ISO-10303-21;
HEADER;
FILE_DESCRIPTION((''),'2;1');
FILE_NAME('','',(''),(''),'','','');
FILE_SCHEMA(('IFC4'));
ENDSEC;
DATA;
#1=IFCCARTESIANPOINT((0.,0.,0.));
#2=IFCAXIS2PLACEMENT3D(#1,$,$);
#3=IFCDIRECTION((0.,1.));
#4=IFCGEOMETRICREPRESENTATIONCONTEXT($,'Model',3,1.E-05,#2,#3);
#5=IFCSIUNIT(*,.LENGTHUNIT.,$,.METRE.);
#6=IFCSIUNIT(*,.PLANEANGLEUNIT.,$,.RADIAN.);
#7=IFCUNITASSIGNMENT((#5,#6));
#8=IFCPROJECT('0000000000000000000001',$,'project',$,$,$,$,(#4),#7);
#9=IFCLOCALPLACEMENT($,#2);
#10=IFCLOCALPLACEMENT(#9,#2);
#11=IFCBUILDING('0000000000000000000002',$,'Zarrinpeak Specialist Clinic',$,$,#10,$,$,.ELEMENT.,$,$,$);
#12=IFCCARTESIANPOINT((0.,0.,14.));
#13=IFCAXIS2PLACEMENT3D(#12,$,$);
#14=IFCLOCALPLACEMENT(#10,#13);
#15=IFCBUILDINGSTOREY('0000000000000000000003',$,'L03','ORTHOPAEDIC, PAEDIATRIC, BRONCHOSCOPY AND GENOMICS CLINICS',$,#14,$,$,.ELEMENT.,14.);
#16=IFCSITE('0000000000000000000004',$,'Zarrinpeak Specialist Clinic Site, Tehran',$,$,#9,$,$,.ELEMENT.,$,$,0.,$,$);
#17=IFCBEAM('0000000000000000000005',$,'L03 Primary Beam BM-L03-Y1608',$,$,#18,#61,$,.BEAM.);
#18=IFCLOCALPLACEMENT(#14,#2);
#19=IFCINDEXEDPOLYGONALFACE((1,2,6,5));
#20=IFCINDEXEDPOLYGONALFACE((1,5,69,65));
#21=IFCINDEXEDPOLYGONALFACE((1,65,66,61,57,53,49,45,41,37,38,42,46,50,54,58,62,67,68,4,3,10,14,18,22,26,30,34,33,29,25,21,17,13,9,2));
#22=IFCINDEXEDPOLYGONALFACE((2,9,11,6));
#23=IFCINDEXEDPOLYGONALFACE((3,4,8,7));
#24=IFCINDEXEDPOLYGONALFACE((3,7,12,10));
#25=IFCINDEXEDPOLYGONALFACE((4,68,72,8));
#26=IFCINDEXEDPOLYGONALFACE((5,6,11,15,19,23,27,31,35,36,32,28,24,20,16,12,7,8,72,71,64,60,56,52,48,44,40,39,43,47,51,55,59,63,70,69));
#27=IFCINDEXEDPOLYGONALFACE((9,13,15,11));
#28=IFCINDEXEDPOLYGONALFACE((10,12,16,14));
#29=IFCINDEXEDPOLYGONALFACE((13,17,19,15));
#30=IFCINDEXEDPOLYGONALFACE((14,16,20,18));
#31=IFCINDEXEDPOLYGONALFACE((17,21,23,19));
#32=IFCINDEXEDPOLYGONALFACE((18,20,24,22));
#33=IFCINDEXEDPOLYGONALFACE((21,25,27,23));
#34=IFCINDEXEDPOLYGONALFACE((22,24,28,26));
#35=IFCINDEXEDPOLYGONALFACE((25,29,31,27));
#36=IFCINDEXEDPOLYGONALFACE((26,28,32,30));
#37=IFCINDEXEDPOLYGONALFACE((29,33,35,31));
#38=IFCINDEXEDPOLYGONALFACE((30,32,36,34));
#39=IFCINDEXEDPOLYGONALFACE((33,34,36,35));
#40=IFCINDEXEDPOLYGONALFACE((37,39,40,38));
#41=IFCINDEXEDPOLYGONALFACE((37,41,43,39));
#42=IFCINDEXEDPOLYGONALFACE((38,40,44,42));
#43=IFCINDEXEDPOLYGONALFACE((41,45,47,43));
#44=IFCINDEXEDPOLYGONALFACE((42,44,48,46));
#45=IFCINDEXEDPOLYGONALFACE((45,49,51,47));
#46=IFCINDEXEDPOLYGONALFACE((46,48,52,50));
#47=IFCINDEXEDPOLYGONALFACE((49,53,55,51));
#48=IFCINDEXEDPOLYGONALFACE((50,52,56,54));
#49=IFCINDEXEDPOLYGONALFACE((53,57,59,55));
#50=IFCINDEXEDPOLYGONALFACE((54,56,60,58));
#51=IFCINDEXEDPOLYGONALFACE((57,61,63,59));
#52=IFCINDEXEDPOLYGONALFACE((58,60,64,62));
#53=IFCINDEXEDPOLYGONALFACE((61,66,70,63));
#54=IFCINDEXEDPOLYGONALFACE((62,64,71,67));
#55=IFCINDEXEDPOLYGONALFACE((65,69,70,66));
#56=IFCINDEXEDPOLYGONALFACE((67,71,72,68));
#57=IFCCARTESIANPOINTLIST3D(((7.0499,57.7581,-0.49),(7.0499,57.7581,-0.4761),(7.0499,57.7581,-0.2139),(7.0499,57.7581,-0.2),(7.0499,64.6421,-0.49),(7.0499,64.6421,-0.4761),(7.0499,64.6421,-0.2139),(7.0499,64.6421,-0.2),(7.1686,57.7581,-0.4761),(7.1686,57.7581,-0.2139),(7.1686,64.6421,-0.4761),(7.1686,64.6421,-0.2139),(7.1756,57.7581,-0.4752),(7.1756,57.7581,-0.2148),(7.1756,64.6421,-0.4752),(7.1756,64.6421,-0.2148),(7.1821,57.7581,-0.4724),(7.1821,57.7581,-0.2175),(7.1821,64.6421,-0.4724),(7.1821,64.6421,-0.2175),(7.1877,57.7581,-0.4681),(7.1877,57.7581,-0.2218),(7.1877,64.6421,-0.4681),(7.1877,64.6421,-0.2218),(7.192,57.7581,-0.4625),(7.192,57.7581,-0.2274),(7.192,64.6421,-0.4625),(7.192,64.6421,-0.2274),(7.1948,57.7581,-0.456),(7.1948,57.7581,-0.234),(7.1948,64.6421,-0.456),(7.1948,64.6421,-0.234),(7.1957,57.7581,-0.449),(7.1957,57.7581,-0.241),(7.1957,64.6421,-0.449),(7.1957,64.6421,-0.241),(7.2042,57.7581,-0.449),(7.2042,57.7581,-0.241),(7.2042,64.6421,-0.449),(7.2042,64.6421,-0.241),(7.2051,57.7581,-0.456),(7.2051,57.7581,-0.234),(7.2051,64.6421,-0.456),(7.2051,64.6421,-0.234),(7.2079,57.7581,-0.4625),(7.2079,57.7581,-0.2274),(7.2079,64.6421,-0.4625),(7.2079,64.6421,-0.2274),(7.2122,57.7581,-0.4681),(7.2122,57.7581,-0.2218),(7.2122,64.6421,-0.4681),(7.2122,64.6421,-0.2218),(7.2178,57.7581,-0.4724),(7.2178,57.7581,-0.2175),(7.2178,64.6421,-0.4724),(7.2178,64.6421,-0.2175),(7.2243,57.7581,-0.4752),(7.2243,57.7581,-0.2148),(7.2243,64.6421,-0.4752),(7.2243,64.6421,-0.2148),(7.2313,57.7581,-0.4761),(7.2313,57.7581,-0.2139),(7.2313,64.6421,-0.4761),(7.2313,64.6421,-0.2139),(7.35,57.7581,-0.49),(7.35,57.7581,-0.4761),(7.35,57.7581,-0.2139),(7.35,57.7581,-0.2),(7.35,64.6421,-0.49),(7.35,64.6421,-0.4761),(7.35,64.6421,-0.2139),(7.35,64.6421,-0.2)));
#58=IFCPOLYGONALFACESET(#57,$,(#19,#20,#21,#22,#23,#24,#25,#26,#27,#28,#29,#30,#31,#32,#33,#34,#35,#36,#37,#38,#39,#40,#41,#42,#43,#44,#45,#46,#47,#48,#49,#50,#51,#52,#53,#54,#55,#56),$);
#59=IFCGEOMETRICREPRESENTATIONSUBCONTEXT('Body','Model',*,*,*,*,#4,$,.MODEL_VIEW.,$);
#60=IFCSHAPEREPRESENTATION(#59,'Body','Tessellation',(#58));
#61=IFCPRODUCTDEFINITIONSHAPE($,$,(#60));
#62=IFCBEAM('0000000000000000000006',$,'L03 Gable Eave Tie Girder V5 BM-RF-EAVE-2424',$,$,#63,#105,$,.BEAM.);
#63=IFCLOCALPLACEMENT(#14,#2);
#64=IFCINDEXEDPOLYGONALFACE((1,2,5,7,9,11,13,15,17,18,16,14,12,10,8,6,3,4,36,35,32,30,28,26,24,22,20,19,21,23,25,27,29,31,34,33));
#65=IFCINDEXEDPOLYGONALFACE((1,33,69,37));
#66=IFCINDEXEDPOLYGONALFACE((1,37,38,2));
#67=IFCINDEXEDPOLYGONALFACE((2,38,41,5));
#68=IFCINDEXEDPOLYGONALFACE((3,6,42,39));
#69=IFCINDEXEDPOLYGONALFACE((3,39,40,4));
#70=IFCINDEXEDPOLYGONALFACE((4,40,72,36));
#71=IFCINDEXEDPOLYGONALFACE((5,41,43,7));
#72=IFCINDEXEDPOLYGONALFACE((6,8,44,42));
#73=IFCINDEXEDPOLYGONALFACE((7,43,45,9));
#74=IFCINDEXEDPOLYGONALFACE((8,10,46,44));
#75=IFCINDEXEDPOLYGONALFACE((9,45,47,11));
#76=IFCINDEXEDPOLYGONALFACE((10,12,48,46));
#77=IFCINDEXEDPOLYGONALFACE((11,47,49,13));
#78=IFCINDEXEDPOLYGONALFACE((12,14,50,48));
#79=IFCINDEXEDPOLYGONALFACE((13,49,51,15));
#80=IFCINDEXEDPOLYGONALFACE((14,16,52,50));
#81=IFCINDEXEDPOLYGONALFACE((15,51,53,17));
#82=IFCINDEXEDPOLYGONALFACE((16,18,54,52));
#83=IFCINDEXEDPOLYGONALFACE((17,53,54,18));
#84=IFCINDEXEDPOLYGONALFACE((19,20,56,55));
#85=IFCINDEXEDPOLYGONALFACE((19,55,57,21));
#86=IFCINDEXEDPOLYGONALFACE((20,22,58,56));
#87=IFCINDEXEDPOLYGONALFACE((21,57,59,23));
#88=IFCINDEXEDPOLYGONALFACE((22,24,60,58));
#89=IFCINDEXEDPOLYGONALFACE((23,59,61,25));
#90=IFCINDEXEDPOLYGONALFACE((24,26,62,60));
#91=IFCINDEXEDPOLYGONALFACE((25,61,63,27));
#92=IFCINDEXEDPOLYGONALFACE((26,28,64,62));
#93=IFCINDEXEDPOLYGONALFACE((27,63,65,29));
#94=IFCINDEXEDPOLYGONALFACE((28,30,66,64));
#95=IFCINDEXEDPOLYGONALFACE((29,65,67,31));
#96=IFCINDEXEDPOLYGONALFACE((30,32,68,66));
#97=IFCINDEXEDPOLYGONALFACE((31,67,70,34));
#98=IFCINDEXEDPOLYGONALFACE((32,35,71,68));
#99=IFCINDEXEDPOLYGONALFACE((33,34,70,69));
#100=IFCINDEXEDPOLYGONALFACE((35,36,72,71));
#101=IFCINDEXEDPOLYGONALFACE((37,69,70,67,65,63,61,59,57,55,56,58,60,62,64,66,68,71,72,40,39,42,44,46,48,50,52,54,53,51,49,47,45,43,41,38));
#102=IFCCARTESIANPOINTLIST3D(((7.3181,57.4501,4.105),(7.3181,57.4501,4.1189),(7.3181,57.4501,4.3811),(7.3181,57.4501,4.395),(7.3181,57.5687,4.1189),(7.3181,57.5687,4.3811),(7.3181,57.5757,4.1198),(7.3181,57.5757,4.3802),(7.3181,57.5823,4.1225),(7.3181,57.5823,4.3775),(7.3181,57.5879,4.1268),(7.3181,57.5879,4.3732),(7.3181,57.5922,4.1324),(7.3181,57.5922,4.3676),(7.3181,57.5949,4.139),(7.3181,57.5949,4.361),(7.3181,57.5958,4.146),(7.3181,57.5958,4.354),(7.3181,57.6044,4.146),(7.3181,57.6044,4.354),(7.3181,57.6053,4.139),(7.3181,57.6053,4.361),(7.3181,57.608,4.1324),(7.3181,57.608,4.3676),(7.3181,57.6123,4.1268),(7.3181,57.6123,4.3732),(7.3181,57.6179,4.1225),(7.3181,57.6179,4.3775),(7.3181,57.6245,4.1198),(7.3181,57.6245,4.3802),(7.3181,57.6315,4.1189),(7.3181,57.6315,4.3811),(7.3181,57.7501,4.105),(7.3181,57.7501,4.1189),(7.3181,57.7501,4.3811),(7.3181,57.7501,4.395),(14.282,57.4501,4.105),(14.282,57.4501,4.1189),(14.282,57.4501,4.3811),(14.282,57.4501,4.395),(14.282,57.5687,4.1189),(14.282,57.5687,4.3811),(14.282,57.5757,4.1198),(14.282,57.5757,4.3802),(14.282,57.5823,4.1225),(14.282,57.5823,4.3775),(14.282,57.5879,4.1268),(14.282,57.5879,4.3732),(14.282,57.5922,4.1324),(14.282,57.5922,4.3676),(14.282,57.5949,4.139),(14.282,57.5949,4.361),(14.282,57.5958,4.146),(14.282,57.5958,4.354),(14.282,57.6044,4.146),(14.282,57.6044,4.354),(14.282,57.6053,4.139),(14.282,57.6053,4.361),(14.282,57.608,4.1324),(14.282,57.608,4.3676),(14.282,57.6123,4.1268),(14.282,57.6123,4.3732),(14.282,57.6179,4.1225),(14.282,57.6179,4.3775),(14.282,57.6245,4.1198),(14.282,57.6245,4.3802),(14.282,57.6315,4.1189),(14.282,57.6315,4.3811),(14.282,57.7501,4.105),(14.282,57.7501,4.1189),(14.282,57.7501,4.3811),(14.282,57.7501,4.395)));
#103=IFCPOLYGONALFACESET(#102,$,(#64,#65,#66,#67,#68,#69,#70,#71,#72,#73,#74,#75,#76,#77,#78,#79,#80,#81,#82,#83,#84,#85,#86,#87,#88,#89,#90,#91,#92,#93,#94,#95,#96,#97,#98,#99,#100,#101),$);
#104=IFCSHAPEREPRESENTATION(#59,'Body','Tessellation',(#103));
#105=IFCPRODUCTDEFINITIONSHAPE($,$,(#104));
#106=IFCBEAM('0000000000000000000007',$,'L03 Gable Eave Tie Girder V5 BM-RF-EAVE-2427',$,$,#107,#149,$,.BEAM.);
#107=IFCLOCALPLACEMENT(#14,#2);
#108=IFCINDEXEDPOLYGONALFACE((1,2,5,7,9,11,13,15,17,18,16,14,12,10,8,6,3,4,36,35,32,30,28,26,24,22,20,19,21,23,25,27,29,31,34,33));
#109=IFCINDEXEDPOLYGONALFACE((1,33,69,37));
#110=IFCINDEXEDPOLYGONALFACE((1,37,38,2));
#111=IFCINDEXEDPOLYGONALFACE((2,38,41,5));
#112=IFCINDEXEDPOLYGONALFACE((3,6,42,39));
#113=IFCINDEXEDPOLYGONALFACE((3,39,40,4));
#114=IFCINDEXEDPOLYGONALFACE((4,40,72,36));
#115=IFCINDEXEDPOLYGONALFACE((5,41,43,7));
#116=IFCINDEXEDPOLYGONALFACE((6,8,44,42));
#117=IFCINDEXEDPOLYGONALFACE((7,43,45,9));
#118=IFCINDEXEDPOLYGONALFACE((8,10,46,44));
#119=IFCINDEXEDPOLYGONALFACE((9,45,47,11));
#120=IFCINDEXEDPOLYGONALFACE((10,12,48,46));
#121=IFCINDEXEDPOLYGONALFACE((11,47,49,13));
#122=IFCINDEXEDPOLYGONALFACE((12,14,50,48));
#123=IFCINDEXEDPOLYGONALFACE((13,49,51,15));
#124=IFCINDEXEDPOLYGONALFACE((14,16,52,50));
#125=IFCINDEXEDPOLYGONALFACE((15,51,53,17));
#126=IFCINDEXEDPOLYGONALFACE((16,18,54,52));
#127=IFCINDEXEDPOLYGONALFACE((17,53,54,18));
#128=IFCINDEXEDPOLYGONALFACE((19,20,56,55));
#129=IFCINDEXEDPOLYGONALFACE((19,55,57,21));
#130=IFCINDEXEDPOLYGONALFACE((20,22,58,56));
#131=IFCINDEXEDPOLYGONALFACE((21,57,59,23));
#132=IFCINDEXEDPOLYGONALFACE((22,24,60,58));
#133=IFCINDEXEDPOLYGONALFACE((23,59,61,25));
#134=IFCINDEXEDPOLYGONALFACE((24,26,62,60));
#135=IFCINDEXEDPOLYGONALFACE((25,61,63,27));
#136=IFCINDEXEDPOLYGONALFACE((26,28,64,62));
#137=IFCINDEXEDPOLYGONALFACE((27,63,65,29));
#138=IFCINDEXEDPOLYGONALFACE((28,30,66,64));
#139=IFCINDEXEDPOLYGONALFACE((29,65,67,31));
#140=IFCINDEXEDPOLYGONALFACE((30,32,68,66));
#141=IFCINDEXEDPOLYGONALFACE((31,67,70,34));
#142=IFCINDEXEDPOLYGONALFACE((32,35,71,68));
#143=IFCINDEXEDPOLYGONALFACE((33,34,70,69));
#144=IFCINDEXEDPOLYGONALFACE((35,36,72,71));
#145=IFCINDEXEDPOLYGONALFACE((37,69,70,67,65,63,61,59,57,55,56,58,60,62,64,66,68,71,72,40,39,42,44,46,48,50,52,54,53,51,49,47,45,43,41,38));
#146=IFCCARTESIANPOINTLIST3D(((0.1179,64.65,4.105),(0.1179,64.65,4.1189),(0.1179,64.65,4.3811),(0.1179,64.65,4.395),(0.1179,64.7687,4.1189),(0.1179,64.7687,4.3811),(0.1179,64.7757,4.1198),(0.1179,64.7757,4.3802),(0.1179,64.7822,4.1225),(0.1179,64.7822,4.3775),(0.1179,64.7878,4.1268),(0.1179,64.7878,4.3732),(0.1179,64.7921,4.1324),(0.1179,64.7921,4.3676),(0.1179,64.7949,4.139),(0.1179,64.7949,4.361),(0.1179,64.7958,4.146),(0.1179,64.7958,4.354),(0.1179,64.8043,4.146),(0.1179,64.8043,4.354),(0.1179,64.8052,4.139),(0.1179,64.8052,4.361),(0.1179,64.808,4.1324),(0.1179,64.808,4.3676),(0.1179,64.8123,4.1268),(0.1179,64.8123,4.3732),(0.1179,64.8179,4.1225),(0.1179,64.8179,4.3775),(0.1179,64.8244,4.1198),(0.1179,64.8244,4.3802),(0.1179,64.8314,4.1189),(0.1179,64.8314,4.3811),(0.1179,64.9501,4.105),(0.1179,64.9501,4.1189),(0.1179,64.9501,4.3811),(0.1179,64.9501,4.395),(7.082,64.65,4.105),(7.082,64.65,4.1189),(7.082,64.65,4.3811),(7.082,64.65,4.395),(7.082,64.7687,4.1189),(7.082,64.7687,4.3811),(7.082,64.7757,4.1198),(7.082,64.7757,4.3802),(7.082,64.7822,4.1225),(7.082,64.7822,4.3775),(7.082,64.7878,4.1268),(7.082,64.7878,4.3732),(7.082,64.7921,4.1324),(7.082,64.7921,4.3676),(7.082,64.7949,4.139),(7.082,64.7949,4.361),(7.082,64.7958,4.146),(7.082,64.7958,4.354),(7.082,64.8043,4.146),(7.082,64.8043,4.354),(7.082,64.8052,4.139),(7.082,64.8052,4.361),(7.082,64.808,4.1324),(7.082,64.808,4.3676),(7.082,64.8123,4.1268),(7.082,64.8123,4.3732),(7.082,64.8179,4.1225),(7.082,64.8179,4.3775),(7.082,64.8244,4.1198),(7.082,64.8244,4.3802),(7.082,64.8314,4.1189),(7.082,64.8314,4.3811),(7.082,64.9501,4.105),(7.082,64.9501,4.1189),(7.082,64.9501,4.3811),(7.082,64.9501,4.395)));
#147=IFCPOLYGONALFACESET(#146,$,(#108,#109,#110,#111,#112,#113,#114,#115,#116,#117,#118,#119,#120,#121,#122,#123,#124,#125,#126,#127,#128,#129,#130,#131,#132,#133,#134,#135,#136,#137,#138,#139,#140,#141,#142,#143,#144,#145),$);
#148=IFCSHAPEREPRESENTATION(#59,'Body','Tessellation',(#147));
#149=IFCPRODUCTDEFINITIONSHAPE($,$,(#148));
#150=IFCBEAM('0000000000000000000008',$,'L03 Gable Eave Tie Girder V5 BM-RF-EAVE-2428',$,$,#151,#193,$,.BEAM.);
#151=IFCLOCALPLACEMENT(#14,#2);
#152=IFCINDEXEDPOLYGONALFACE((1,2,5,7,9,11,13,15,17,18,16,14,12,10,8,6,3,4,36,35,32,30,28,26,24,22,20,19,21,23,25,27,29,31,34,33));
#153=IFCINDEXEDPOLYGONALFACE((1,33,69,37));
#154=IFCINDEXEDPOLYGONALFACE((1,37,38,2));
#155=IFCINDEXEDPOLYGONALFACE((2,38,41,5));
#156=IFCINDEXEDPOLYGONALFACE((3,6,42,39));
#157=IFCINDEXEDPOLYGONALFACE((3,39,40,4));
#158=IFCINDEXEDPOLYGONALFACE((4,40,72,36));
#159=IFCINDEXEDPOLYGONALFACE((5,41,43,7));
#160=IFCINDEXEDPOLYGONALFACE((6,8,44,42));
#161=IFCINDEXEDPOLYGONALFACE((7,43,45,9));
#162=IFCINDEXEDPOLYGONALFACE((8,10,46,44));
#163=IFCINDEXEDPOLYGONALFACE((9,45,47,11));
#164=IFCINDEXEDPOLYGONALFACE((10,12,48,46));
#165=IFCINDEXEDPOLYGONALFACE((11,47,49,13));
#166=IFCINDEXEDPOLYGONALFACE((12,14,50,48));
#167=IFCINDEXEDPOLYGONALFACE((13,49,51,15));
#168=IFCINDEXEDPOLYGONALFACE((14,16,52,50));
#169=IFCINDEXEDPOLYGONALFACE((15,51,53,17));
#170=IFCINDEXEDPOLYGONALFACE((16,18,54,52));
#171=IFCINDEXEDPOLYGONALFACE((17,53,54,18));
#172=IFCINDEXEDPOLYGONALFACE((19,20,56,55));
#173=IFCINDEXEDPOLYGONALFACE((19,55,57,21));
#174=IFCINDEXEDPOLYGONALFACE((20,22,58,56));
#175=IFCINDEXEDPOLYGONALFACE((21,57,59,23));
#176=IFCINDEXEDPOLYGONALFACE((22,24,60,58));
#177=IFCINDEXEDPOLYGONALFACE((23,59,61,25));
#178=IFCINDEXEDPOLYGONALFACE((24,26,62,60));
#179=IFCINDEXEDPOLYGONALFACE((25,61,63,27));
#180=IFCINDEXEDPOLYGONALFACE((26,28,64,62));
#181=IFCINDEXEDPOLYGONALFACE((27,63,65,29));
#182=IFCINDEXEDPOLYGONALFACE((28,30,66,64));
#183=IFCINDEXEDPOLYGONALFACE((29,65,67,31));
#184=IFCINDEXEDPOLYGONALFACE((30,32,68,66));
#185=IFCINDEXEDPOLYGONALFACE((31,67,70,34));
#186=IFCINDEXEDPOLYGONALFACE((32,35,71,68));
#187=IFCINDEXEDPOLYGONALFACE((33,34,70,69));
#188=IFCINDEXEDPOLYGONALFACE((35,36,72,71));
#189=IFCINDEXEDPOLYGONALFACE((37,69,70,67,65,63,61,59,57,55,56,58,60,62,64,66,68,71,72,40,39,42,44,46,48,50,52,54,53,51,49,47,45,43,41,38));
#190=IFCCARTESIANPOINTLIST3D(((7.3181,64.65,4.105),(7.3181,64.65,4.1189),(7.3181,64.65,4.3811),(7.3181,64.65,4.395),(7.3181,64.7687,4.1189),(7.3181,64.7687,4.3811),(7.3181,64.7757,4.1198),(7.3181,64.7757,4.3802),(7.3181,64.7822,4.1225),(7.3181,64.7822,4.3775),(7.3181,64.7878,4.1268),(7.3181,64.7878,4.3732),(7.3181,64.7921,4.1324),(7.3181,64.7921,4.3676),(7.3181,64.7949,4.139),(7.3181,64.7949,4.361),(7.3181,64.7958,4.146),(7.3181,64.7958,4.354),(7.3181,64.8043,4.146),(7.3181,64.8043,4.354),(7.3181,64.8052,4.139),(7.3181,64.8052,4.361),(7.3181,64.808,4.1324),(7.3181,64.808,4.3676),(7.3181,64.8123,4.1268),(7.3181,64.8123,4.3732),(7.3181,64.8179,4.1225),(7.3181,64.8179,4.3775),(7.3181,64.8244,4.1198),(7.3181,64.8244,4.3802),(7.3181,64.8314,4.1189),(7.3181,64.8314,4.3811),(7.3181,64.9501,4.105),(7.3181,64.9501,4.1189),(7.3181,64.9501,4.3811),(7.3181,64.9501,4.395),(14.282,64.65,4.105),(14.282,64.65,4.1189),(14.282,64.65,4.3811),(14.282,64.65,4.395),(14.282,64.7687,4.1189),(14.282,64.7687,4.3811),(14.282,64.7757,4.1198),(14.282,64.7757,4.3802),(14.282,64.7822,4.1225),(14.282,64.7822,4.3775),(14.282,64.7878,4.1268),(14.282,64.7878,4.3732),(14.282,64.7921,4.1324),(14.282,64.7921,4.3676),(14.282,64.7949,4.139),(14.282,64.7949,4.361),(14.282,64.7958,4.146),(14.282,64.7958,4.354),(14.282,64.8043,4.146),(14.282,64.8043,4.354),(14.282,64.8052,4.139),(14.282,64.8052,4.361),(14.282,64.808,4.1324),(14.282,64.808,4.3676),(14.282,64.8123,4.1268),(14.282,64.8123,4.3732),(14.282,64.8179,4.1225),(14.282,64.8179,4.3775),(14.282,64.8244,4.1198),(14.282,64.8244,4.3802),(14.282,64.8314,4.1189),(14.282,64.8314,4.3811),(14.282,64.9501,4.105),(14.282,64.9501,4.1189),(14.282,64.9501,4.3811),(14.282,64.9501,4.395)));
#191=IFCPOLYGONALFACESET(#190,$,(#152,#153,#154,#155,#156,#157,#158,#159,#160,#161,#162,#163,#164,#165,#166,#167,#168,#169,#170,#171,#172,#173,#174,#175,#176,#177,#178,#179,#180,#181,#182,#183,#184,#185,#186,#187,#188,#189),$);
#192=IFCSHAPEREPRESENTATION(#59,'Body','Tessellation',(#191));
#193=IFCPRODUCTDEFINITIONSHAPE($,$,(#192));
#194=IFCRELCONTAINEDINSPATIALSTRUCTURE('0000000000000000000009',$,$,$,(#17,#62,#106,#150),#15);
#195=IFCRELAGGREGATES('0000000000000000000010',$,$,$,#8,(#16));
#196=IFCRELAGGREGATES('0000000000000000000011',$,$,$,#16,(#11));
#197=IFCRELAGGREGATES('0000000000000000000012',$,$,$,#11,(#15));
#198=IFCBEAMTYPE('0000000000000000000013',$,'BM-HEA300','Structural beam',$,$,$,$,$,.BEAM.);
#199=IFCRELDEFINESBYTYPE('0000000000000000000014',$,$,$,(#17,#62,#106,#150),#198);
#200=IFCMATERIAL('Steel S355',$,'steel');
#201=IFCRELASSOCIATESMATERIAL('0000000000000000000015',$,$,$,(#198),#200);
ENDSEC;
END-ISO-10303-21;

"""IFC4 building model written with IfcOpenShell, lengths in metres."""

from ifc_helpers import new_model, si_unit, direction, frame, origin, origin_2d, place, context, subcontext, project, spatial, i_section, extrude, material, material_profile, profile_set, type_object, element, save


model = new_model("IFC4")

# Units and contexts
model_context = context("Model", 3, precision=1e-05, world=origin(), true_north=direction((0.0, 1.0)))
body_context = subcontext(model_context, "Body", "Model", "MODEL_VIEW")
ifc_project = project(units=[si_unit("LENGTHUNIT", "METRE"), si_unit("PLANEANGLEUNIT", "RADIAN")], contexts=[model_context])

# Site, building, storey
site_placement = place(None, origin())
site = spatial("IfcSite", under=ifc_project, at=site_placement, Name="Zarrinpeak Specialist Clinic Site, Tehran", CompositionType="ELEMENT", RefElevation=0.0)
building_placement = place(site_placement, origin())
building = spatial("IfcBuilding", under=site, at=building_placement, Name="Zarrinpeak Specialist Clinic", CompositionType="ELEMENT")
storey_placement = place(building_placement, frame((0.0, 0.0, 14.0)))
storey = spatial("IfcBuildingStorey", under=building, at=storey_placement, Name="L03", Description="ORTHOPAEDIC, PAEDIATRIC, BRONCHOSCOPY AND GENOMICS CLINICS", CompositionType="ELEMENT", Elevation=14.0)

# Shared definitions
ifc_material_1 = material(Name="Steel S355", Category="steel")

# Beams
ifc_material_profile_1 = material_profile(ifc_material_1, i_section(OverallWidth=0.3, OverallDepth=0.29, WebThickness=0.0085, FlangeThickness=0.0139, FilletRadius=0.0271, at=origin_2d()), Name="HEA 300")
ifc_profile_set_1 = profile_set([ifc_material_profile_1], Name="Steel S355")
beam_type_1 = type_object("IfcBeamType", Name="BM-HEA300", Description="Structural beam", PredefinedType="BEAM", material=ifc_profile_set_1)
beam_1_placement = place(storey_placement, frame((7.2, 57.7581, -0.345), z_axis=(0.0, 1.0, 0.0), x_axis=(-1.0, 0.0, 0.0)))
element("IfcBeam", 1, at=beam_1_placement, inside=storey, type_object=beam_type_1, Name="L03 Primary Beam BM-L03-Y1608", PredefinedType="BEAM", context=body_context, shape_type="SweptSolid", body=[
    extrude(i_section(OverallWidth=0.3, OverallDepth=0.29, WebThickness=0.0085, FlangeThickness=0.0139, FilletRadius=0.0271, at=origin_2d()), origin(), (0.0, 0.0, 1.0), 6.884),
])
beam_2_placement = place(storey_placement, frame((7.3181, 57.6001, 4.25), z_axis=(1.0, 0.0, 0.0), x_axis=(0.0, 1.0, 0.0)))
element("IfcBeam", 2, at=beam_2_placement, inside=storey, type_object=beam_type_1, Name="L03 Gable Eave Tie Girder V5 BM-RF-EAVE-2424", PredefinedType="BEAM", context=body_context, shape_type="SweptSolid", body=[
    extrude(i_section(OverallWidth=0.3, OverallDepth=0.29, WebThickness=0.0085, FlangeThickness=0.0139, FilletRadius=0.0271, at=origin_2d()), origin(), (0.0, 0.0, 1.0), 6.9639),
])
beam_3_placement = place(storey_placement, frame((0.1179, 64.8, 4.25), z_axis=(1.0, 0.0, 0.0), x_axis=(0.0, 1.0, 0.0)))
element("IfcBeam", 3, at=beam_3_placement, inside=storey, type_object=beam_type_1, Name="L03 Gable Eave Tie Girder V5 BM-RF-EAVE-2427", PredefinedType="BEAM", context=body_context, shape_type="SweptSolid", body=[
    extrude(i_section(OverallWidth=0.3, OverallDepth=0.29, WebThickness=0.0085, FlangeThickness=0.0139, FilletRadius=0.0271, at=origin_2d()), origin(), (0.0, 0.0, 1.0), 6.9641),
])
beam_4_placement = place(storey_placement, frame((7.3181, 64.8, 4.25), z_axis=(1.0, 0.0, 0.0), x_axis=(0.0, 1.0, 0.0)))
element("IfcBeam", 4, at=beam_4_placement, inside=storey, type_object=beam_type_1, Name="L03 Gable Eave Tie Girder V5 BM-RF-EAVE-2428", PredefinedType="BEAM", context=body_context, shape_type="SweptSolid", body=[
    extrude(i_section(OverallWidth=0.3, OverallDepth=0.29, WebThickness=0.0085, FlangeThickness=0.0139, FilletRadius=0.0271, at=origin_2d()), origin(), (0.0, 0.0, 1.0), 6.9639),
])

save(model, "model.ifc")
